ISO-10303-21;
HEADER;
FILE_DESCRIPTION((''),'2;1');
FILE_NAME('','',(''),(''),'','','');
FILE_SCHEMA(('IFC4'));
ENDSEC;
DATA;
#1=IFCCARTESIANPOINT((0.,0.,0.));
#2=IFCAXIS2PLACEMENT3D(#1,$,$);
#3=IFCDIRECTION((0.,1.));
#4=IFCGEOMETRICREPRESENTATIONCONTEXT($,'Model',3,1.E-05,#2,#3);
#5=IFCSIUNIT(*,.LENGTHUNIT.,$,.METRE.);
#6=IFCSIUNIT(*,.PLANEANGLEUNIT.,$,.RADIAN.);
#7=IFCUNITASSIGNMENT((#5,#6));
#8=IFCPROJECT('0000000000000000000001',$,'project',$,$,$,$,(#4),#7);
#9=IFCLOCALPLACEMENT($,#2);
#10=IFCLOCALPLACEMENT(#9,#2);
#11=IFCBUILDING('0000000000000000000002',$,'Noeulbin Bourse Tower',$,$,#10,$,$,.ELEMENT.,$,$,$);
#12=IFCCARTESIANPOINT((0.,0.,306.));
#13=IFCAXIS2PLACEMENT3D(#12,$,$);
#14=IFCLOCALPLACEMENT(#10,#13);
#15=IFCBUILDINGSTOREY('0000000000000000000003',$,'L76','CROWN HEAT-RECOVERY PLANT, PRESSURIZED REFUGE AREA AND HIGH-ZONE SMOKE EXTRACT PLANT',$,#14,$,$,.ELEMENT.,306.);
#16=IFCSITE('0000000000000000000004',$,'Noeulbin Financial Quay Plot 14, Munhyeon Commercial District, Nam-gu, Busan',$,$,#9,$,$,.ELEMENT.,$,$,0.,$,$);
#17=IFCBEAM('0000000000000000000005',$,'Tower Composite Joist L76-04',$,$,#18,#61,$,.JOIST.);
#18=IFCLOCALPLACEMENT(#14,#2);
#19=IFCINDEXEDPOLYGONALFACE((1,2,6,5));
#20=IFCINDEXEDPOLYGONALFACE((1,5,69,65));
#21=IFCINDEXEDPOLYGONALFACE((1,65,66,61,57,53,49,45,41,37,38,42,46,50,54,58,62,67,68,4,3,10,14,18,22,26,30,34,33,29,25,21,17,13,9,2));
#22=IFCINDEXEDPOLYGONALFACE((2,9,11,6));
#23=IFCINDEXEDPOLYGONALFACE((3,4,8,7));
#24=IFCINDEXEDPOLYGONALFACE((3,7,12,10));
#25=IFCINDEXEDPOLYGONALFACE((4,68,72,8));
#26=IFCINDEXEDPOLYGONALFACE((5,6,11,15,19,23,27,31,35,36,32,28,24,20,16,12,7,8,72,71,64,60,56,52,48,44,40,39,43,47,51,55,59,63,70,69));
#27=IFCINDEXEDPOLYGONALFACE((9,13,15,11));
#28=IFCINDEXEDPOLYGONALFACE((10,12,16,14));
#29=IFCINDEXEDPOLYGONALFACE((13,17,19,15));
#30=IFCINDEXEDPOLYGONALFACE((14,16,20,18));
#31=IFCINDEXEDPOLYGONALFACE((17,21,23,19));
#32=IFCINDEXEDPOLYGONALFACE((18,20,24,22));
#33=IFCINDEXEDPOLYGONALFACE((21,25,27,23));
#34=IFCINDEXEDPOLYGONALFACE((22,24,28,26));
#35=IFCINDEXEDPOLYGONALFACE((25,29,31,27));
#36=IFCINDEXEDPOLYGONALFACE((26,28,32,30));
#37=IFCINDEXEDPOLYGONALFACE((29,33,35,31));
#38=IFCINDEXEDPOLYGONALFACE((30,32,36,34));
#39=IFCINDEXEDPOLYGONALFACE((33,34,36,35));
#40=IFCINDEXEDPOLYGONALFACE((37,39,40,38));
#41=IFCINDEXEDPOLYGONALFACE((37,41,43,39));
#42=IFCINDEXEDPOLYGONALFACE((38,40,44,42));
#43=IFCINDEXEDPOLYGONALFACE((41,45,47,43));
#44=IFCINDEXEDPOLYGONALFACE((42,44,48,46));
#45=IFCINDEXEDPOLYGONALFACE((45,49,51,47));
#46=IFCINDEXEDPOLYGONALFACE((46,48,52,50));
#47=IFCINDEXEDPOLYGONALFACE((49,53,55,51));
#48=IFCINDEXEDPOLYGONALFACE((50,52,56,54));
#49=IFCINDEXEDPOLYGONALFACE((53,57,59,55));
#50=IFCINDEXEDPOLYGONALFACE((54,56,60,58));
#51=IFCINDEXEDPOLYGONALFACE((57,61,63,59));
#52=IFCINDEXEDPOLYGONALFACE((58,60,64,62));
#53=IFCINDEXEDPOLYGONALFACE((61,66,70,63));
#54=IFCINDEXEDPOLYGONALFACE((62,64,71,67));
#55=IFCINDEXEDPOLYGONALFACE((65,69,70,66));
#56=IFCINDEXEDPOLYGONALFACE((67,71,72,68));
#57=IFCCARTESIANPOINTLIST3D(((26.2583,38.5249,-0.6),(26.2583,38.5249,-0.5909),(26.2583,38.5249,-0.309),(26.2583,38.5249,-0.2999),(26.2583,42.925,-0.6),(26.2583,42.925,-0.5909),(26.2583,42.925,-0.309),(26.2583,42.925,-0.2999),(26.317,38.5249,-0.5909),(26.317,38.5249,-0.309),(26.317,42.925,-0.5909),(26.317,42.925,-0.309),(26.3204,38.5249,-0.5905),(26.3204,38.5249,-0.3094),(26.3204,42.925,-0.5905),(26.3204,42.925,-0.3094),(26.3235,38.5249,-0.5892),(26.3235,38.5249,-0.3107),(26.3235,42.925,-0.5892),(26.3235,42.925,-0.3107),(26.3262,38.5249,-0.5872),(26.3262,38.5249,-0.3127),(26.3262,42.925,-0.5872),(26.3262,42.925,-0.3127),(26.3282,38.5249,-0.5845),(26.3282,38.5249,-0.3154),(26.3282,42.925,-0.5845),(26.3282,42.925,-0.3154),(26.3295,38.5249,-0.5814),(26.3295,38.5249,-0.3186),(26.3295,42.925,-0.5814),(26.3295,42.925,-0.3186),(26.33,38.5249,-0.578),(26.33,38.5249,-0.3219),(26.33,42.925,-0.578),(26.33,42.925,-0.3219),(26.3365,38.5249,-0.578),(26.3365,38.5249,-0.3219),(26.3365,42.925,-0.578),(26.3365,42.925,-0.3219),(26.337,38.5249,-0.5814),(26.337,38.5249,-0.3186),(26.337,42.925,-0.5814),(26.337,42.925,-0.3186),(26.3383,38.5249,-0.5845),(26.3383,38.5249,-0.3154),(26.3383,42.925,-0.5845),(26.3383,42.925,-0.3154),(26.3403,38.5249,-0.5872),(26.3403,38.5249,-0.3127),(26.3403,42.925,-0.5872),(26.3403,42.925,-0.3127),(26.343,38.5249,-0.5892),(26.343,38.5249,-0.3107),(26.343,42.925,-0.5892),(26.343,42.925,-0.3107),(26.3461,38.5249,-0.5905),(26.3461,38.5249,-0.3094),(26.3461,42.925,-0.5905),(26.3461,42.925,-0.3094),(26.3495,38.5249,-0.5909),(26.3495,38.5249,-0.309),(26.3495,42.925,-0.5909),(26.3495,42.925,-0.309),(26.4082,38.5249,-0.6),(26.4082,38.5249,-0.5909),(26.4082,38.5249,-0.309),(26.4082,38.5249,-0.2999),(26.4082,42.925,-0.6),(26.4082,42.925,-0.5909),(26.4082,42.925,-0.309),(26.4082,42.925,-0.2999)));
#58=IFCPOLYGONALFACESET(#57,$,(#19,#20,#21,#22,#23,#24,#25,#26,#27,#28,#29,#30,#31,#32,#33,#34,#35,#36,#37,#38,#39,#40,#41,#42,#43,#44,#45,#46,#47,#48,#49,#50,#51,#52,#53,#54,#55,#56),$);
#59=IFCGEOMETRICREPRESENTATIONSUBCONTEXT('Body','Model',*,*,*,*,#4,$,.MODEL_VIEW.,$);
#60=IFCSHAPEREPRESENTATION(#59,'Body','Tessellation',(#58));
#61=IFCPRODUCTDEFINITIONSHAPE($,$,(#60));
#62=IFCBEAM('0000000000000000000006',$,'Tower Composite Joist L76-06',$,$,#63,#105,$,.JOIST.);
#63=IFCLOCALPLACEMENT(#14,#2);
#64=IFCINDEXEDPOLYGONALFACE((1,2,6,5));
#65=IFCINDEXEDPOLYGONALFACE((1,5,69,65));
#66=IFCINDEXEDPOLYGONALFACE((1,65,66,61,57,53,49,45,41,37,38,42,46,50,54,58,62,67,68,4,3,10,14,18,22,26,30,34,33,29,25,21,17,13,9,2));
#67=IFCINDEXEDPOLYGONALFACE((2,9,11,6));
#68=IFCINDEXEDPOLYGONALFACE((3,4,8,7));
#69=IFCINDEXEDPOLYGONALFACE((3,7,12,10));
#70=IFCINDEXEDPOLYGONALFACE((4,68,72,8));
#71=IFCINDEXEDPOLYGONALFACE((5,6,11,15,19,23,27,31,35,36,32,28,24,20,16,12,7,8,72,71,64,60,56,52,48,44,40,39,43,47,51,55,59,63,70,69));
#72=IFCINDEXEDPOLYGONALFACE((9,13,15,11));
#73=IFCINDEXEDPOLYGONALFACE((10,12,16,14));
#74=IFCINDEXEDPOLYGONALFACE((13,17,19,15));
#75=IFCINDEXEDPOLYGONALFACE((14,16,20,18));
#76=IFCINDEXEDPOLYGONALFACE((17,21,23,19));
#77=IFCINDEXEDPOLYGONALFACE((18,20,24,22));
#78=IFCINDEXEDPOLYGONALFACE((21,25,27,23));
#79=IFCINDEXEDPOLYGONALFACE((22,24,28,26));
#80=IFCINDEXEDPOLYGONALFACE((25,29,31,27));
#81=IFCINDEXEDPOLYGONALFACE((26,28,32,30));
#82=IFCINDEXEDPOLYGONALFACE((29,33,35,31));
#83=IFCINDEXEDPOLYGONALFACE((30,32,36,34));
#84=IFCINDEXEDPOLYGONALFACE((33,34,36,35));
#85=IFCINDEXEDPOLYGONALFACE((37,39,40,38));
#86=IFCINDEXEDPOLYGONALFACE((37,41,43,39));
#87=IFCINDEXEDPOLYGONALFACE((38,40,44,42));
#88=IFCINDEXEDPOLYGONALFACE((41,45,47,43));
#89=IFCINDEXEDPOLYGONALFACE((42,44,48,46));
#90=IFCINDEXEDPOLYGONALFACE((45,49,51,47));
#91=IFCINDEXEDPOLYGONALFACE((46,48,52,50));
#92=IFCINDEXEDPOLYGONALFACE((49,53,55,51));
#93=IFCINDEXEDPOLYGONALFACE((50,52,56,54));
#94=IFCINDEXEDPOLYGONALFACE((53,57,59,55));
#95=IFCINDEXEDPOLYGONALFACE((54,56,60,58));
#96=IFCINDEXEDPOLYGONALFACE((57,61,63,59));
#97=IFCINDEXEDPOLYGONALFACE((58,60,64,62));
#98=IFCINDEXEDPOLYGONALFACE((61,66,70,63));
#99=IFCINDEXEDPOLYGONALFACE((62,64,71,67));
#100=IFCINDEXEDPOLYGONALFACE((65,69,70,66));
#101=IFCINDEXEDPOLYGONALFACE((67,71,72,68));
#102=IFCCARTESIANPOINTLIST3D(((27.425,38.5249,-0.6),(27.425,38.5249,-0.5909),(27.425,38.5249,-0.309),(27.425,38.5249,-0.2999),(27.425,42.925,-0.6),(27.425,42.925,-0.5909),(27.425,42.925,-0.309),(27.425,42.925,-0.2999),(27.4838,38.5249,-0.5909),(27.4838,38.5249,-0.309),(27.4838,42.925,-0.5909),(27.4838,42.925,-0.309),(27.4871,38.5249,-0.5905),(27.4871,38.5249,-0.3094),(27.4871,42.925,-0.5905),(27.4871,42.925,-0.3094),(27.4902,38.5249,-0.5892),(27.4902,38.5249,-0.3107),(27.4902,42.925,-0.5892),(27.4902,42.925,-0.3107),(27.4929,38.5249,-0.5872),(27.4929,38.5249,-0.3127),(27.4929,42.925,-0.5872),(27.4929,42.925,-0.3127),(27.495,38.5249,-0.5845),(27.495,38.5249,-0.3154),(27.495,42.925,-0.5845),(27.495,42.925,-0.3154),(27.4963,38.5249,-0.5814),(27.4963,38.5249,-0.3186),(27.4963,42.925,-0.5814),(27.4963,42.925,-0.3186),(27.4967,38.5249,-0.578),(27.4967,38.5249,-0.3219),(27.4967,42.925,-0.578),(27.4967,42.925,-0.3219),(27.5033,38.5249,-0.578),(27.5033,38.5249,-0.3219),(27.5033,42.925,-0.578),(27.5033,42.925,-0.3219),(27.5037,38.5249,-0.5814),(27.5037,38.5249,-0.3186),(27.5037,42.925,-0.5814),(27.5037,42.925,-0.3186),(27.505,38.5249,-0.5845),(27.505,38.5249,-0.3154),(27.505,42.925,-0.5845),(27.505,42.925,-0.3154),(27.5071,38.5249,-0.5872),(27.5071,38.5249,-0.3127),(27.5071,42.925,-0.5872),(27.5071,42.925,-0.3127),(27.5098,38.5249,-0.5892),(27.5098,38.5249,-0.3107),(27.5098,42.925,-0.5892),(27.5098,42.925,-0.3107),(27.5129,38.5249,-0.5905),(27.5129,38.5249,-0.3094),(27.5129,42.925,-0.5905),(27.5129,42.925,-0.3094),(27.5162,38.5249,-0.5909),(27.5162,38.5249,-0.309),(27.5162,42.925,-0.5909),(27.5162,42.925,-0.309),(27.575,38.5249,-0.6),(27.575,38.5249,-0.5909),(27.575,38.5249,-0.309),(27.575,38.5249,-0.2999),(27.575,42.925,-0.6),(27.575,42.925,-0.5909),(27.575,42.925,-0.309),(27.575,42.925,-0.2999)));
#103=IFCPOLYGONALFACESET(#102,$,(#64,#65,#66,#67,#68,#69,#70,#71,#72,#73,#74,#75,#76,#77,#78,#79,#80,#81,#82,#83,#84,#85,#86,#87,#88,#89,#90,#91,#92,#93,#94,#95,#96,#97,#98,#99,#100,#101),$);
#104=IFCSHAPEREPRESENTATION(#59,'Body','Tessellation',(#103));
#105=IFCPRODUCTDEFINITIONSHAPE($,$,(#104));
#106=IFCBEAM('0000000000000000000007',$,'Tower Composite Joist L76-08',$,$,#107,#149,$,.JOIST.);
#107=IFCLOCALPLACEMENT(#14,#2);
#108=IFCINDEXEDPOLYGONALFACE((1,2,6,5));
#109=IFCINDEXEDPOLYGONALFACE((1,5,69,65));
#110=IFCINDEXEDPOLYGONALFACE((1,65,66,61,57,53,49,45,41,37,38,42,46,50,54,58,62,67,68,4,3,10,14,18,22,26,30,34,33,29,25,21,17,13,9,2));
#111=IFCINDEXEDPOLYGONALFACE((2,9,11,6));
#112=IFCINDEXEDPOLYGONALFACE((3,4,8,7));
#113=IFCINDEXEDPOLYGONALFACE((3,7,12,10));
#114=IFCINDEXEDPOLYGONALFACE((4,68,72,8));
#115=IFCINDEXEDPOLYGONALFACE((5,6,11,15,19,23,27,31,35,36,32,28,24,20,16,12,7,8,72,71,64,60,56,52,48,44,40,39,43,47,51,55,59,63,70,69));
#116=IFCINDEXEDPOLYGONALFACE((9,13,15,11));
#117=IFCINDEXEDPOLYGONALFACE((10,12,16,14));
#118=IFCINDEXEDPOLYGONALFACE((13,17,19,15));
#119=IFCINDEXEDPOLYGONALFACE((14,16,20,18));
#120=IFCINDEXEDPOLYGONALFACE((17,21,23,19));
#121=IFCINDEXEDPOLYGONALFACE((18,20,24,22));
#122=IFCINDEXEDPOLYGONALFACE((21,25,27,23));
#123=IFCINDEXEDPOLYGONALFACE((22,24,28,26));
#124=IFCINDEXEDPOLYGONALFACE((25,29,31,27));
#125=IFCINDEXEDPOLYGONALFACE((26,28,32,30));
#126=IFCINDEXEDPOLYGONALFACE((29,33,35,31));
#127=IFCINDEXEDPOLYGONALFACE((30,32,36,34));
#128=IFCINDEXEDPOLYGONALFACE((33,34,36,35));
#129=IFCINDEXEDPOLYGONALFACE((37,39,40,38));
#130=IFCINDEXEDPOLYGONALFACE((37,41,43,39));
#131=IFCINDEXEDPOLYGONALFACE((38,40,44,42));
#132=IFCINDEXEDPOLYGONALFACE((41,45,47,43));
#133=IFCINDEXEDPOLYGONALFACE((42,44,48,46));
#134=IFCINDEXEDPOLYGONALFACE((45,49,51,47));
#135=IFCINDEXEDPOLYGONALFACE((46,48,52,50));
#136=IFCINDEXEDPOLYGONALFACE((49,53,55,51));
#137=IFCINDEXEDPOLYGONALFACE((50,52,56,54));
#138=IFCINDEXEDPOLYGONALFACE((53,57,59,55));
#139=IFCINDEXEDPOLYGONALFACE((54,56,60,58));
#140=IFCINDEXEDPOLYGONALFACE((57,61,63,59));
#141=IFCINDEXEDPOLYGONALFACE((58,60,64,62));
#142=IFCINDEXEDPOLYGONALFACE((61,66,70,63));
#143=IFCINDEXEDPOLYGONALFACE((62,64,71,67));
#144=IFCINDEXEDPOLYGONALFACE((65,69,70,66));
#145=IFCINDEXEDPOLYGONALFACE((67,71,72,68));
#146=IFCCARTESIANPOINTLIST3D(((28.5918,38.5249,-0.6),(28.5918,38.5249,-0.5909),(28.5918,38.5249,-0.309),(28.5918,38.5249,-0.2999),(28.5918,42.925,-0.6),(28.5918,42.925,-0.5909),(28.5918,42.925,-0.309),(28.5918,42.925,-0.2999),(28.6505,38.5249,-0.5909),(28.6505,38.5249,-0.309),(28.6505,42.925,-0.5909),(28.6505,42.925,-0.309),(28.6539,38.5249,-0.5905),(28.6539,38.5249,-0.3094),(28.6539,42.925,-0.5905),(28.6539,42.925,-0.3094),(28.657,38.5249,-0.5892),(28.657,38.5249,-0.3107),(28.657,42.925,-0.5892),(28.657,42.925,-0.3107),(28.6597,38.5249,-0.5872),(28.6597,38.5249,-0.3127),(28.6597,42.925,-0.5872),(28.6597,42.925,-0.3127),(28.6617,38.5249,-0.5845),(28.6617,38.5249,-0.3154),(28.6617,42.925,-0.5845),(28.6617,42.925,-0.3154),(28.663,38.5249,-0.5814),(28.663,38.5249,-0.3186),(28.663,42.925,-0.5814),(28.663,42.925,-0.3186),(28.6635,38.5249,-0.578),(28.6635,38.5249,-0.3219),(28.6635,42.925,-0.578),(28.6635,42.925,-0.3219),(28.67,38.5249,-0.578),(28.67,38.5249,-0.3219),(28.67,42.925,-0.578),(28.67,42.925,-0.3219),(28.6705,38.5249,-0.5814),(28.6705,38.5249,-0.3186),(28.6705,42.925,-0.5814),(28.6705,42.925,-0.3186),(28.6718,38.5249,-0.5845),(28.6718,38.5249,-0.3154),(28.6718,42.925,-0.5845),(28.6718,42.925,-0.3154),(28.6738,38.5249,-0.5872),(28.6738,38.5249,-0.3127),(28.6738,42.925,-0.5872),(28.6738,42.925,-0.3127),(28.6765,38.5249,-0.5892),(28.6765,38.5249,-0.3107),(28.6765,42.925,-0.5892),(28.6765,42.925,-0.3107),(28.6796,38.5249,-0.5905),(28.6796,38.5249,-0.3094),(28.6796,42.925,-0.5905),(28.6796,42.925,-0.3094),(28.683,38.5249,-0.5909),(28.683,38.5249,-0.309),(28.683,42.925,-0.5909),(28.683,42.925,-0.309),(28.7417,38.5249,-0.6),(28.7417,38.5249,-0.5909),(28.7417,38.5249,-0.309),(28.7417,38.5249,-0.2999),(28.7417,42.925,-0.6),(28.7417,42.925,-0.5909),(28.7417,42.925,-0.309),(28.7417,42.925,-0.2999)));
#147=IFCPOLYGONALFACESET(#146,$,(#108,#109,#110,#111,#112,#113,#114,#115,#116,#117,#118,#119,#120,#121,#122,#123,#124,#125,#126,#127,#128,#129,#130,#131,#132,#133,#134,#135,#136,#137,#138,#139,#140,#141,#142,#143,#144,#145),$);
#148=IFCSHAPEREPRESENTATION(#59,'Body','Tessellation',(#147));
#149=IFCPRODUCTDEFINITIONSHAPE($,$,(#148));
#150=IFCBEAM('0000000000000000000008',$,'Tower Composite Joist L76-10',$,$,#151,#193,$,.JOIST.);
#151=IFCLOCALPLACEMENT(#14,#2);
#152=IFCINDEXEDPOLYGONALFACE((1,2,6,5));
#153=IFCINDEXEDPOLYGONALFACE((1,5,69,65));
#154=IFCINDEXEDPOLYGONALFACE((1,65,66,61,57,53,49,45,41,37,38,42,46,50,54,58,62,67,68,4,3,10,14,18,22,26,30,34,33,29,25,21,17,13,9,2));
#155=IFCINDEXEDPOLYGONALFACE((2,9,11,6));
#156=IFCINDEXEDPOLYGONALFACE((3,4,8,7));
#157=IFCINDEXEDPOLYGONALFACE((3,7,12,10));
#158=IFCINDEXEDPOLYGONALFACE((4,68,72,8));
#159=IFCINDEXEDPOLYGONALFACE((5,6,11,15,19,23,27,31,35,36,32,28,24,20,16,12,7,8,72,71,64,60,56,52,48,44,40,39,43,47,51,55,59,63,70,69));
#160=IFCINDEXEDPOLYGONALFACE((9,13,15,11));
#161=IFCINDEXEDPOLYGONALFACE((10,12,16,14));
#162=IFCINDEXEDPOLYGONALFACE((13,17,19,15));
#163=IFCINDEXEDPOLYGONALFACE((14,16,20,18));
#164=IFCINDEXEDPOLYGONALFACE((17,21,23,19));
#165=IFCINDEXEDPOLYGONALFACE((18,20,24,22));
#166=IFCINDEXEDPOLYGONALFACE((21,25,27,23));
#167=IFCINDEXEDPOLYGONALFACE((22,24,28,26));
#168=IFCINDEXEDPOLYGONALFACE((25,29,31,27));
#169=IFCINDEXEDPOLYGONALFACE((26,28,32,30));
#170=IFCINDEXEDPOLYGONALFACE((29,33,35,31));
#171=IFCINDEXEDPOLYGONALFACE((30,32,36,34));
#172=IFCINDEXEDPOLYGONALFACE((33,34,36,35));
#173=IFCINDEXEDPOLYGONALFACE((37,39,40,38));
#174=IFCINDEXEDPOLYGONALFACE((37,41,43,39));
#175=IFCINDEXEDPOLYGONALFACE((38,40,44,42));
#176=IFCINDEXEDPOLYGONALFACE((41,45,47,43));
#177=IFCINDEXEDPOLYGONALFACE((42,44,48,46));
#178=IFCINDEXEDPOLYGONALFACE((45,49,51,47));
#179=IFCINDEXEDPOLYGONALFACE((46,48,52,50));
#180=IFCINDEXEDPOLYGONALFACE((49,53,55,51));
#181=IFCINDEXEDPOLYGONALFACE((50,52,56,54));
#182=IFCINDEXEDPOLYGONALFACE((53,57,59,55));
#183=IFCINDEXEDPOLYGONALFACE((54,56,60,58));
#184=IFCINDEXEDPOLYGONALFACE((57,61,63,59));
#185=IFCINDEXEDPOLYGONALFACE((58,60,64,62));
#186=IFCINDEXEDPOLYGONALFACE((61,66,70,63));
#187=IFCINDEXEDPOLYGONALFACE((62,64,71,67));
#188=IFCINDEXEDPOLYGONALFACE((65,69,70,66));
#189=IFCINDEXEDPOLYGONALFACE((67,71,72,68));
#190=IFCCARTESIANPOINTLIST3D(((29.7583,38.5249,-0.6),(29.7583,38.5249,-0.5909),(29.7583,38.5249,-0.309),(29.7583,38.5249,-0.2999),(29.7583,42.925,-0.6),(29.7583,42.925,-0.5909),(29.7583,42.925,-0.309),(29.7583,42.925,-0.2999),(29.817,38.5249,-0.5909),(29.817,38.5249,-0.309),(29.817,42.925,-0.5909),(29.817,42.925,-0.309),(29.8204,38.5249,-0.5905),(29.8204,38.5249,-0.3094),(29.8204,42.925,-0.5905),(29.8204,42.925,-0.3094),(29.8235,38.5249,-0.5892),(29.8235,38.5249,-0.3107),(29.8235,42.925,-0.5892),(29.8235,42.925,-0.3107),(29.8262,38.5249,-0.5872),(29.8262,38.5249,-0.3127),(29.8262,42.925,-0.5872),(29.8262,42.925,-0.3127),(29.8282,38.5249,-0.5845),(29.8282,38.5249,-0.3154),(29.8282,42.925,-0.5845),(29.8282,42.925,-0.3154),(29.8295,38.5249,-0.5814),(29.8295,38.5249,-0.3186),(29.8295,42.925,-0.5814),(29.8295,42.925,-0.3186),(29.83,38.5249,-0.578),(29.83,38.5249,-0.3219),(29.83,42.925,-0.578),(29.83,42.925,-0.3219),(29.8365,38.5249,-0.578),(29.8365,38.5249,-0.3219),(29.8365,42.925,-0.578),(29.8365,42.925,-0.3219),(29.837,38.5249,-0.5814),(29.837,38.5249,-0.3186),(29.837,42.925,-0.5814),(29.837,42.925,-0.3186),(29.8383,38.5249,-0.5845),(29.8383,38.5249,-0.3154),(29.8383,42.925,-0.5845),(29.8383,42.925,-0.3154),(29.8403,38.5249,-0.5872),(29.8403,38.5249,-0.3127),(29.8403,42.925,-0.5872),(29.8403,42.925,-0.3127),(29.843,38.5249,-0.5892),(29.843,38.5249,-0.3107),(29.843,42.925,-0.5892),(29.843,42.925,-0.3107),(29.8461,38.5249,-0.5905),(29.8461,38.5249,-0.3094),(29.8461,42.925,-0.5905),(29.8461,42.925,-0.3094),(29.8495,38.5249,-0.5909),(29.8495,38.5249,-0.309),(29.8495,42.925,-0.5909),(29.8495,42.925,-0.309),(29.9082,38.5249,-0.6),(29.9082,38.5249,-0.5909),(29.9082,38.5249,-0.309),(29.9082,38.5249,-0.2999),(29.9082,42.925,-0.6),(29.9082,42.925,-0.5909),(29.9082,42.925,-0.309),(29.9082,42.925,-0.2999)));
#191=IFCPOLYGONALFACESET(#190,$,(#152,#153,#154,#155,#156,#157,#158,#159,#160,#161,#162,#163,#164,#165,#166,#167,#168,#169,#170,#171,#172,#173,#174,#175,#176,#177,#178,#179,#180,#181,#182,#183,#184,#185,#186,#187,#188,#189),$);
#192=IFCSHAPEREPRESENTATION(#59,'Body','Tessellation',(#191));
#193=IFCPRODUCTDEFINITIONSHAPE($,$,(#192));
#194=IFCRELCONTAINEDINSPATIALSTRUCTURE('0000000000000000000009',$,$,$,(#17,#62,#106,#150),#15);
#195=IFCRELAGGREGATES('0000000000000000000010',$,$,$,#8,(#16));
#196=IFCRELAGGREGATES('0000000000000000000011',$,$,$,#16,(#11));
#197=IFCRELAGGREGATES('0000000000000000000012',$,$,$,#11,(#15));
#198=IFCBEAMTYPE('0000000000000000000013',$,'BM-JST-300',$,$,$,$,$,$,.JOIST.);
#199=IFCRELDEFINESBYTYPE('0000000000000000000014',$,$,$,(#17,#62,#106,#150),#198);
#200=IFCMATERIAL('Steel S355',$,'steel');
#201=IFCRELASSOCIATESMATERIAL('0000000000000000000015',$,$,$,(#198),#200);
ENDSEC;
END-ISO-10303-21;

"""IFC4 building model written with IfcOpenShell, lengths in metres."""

from ifc_helpers import new_model, si_unit, direction, frame, origin, origin_2d, place, context, subcontext, project, spatial, i_section, extrude, material, material_profile, profile_set, type_object, element, save


model = new_model("IFC4")

# Units and contexts
model_context = context("Model", 3, precision=1e-05, world=origin(), true_north=direction((0.0, 1.0)))
body_context = subcontext(model_context, "Body", "Model", "MODEL_VIEW")
ifc_project = project(units=[si_unit("LENGTHUNIT", "METRE"), si_unit("PLANEANGLEUNIT", "RADIAN")], contexts=[model_context])

# Site, building, storey
site_placement = place(None, origin())
site = spatial("IfcSite", under=ifc_project, at=site_placement, Name="Noeulbin Financial Quay Plot 14, Munhyeon Commercial District, Nam-gu, Busan", CompositionType="ELEMENT", RefElevation=0.0)
building_placement = place(site_placement, origin())
building = spatial("IfcBuilding", under=site, at=building_placement, Name="Noeulbin Bourse Tower", CompositionType="ELEMENT")
storey_placement = place(building_placement, frame((0.0, 0.0, 306.0)))
storey = spatial("IfcBuildingStorey", under=building, at=storey_placement, Name="L76", Description="CROWN HEAT-RECOVERY PLANT, PRESSURIZED REFUGE AREA AND HIGH-ZONE SMOKE EXTRACT PLANT", CompositionType="ELEMENT", Elevation=306.0)

# Shared definitions
ifc_material_1 = material(Name="Steel S355", Category="steel")

# Beams
ifc_material_profile_1 = material_profile(ifc_material_1, i_section(OverallWidth=0.1499, OverallDepth=0.3, WebThickness=0.0066, FlangeThickness=0.009, FilletRadius=0.0129, at=origin_2d()), Name="H-300x150x6.5x9", Category="LoadBearing")
ifc_profile_set_1 = profile_set([ifc_material_profile_1], Name="Steel S355")
beam_type_1 = type_object("IfcBeamType", Name="BM-JST-300", PredefinedType="JOIST", material=ifc_profile_set_1)
for number, where, z_axis, x_axis, name in (
    (1, (26.3333, 38.5249, -0.45), (0.0, 1.0, 0.0), (-1.0, 0.0, 0.0), "Tower Composite Joist L76-04"),
    (2, (27.5, 38.5249, -0.45), (0.0, 1.0, 0.0), (-1.0, 0.0, 0.0), "Tower Composite Joist L76-06"),
    (3, (28.6667, 38.5249, -0.45), (0.0, 1.0, 0.0), (-1.0, 0.0, 0.0), "Tower Composite Joist L76-08"),
    (4, (29.8333, 38.5249, -0.45), (0.0, 1.0, 0.0), (-1.0, 0.0, 0.0), "Tower Composite Joist L76-10"),
):
    element("IfcBeam", number, at=place(storey_placement, frame(where, z_axis=z_axis, x_axis=x_axis)), inside=storey, type_object=beam_type_1, Name=name, PredefinedType="JOIST", context=body_context, shape_type="SweptSolid", body=[
        extrude(i_section(OverallWidth=0.1499, OverallDepth=0.3, WebThickness=0.0066, FlangeThickness=0.009, FilletRadius=0.0129, at=origin_2d()), origin(), (0.0, 0.0, 1.0), 4.4001),
    ])

save(model, "model.ifc")
